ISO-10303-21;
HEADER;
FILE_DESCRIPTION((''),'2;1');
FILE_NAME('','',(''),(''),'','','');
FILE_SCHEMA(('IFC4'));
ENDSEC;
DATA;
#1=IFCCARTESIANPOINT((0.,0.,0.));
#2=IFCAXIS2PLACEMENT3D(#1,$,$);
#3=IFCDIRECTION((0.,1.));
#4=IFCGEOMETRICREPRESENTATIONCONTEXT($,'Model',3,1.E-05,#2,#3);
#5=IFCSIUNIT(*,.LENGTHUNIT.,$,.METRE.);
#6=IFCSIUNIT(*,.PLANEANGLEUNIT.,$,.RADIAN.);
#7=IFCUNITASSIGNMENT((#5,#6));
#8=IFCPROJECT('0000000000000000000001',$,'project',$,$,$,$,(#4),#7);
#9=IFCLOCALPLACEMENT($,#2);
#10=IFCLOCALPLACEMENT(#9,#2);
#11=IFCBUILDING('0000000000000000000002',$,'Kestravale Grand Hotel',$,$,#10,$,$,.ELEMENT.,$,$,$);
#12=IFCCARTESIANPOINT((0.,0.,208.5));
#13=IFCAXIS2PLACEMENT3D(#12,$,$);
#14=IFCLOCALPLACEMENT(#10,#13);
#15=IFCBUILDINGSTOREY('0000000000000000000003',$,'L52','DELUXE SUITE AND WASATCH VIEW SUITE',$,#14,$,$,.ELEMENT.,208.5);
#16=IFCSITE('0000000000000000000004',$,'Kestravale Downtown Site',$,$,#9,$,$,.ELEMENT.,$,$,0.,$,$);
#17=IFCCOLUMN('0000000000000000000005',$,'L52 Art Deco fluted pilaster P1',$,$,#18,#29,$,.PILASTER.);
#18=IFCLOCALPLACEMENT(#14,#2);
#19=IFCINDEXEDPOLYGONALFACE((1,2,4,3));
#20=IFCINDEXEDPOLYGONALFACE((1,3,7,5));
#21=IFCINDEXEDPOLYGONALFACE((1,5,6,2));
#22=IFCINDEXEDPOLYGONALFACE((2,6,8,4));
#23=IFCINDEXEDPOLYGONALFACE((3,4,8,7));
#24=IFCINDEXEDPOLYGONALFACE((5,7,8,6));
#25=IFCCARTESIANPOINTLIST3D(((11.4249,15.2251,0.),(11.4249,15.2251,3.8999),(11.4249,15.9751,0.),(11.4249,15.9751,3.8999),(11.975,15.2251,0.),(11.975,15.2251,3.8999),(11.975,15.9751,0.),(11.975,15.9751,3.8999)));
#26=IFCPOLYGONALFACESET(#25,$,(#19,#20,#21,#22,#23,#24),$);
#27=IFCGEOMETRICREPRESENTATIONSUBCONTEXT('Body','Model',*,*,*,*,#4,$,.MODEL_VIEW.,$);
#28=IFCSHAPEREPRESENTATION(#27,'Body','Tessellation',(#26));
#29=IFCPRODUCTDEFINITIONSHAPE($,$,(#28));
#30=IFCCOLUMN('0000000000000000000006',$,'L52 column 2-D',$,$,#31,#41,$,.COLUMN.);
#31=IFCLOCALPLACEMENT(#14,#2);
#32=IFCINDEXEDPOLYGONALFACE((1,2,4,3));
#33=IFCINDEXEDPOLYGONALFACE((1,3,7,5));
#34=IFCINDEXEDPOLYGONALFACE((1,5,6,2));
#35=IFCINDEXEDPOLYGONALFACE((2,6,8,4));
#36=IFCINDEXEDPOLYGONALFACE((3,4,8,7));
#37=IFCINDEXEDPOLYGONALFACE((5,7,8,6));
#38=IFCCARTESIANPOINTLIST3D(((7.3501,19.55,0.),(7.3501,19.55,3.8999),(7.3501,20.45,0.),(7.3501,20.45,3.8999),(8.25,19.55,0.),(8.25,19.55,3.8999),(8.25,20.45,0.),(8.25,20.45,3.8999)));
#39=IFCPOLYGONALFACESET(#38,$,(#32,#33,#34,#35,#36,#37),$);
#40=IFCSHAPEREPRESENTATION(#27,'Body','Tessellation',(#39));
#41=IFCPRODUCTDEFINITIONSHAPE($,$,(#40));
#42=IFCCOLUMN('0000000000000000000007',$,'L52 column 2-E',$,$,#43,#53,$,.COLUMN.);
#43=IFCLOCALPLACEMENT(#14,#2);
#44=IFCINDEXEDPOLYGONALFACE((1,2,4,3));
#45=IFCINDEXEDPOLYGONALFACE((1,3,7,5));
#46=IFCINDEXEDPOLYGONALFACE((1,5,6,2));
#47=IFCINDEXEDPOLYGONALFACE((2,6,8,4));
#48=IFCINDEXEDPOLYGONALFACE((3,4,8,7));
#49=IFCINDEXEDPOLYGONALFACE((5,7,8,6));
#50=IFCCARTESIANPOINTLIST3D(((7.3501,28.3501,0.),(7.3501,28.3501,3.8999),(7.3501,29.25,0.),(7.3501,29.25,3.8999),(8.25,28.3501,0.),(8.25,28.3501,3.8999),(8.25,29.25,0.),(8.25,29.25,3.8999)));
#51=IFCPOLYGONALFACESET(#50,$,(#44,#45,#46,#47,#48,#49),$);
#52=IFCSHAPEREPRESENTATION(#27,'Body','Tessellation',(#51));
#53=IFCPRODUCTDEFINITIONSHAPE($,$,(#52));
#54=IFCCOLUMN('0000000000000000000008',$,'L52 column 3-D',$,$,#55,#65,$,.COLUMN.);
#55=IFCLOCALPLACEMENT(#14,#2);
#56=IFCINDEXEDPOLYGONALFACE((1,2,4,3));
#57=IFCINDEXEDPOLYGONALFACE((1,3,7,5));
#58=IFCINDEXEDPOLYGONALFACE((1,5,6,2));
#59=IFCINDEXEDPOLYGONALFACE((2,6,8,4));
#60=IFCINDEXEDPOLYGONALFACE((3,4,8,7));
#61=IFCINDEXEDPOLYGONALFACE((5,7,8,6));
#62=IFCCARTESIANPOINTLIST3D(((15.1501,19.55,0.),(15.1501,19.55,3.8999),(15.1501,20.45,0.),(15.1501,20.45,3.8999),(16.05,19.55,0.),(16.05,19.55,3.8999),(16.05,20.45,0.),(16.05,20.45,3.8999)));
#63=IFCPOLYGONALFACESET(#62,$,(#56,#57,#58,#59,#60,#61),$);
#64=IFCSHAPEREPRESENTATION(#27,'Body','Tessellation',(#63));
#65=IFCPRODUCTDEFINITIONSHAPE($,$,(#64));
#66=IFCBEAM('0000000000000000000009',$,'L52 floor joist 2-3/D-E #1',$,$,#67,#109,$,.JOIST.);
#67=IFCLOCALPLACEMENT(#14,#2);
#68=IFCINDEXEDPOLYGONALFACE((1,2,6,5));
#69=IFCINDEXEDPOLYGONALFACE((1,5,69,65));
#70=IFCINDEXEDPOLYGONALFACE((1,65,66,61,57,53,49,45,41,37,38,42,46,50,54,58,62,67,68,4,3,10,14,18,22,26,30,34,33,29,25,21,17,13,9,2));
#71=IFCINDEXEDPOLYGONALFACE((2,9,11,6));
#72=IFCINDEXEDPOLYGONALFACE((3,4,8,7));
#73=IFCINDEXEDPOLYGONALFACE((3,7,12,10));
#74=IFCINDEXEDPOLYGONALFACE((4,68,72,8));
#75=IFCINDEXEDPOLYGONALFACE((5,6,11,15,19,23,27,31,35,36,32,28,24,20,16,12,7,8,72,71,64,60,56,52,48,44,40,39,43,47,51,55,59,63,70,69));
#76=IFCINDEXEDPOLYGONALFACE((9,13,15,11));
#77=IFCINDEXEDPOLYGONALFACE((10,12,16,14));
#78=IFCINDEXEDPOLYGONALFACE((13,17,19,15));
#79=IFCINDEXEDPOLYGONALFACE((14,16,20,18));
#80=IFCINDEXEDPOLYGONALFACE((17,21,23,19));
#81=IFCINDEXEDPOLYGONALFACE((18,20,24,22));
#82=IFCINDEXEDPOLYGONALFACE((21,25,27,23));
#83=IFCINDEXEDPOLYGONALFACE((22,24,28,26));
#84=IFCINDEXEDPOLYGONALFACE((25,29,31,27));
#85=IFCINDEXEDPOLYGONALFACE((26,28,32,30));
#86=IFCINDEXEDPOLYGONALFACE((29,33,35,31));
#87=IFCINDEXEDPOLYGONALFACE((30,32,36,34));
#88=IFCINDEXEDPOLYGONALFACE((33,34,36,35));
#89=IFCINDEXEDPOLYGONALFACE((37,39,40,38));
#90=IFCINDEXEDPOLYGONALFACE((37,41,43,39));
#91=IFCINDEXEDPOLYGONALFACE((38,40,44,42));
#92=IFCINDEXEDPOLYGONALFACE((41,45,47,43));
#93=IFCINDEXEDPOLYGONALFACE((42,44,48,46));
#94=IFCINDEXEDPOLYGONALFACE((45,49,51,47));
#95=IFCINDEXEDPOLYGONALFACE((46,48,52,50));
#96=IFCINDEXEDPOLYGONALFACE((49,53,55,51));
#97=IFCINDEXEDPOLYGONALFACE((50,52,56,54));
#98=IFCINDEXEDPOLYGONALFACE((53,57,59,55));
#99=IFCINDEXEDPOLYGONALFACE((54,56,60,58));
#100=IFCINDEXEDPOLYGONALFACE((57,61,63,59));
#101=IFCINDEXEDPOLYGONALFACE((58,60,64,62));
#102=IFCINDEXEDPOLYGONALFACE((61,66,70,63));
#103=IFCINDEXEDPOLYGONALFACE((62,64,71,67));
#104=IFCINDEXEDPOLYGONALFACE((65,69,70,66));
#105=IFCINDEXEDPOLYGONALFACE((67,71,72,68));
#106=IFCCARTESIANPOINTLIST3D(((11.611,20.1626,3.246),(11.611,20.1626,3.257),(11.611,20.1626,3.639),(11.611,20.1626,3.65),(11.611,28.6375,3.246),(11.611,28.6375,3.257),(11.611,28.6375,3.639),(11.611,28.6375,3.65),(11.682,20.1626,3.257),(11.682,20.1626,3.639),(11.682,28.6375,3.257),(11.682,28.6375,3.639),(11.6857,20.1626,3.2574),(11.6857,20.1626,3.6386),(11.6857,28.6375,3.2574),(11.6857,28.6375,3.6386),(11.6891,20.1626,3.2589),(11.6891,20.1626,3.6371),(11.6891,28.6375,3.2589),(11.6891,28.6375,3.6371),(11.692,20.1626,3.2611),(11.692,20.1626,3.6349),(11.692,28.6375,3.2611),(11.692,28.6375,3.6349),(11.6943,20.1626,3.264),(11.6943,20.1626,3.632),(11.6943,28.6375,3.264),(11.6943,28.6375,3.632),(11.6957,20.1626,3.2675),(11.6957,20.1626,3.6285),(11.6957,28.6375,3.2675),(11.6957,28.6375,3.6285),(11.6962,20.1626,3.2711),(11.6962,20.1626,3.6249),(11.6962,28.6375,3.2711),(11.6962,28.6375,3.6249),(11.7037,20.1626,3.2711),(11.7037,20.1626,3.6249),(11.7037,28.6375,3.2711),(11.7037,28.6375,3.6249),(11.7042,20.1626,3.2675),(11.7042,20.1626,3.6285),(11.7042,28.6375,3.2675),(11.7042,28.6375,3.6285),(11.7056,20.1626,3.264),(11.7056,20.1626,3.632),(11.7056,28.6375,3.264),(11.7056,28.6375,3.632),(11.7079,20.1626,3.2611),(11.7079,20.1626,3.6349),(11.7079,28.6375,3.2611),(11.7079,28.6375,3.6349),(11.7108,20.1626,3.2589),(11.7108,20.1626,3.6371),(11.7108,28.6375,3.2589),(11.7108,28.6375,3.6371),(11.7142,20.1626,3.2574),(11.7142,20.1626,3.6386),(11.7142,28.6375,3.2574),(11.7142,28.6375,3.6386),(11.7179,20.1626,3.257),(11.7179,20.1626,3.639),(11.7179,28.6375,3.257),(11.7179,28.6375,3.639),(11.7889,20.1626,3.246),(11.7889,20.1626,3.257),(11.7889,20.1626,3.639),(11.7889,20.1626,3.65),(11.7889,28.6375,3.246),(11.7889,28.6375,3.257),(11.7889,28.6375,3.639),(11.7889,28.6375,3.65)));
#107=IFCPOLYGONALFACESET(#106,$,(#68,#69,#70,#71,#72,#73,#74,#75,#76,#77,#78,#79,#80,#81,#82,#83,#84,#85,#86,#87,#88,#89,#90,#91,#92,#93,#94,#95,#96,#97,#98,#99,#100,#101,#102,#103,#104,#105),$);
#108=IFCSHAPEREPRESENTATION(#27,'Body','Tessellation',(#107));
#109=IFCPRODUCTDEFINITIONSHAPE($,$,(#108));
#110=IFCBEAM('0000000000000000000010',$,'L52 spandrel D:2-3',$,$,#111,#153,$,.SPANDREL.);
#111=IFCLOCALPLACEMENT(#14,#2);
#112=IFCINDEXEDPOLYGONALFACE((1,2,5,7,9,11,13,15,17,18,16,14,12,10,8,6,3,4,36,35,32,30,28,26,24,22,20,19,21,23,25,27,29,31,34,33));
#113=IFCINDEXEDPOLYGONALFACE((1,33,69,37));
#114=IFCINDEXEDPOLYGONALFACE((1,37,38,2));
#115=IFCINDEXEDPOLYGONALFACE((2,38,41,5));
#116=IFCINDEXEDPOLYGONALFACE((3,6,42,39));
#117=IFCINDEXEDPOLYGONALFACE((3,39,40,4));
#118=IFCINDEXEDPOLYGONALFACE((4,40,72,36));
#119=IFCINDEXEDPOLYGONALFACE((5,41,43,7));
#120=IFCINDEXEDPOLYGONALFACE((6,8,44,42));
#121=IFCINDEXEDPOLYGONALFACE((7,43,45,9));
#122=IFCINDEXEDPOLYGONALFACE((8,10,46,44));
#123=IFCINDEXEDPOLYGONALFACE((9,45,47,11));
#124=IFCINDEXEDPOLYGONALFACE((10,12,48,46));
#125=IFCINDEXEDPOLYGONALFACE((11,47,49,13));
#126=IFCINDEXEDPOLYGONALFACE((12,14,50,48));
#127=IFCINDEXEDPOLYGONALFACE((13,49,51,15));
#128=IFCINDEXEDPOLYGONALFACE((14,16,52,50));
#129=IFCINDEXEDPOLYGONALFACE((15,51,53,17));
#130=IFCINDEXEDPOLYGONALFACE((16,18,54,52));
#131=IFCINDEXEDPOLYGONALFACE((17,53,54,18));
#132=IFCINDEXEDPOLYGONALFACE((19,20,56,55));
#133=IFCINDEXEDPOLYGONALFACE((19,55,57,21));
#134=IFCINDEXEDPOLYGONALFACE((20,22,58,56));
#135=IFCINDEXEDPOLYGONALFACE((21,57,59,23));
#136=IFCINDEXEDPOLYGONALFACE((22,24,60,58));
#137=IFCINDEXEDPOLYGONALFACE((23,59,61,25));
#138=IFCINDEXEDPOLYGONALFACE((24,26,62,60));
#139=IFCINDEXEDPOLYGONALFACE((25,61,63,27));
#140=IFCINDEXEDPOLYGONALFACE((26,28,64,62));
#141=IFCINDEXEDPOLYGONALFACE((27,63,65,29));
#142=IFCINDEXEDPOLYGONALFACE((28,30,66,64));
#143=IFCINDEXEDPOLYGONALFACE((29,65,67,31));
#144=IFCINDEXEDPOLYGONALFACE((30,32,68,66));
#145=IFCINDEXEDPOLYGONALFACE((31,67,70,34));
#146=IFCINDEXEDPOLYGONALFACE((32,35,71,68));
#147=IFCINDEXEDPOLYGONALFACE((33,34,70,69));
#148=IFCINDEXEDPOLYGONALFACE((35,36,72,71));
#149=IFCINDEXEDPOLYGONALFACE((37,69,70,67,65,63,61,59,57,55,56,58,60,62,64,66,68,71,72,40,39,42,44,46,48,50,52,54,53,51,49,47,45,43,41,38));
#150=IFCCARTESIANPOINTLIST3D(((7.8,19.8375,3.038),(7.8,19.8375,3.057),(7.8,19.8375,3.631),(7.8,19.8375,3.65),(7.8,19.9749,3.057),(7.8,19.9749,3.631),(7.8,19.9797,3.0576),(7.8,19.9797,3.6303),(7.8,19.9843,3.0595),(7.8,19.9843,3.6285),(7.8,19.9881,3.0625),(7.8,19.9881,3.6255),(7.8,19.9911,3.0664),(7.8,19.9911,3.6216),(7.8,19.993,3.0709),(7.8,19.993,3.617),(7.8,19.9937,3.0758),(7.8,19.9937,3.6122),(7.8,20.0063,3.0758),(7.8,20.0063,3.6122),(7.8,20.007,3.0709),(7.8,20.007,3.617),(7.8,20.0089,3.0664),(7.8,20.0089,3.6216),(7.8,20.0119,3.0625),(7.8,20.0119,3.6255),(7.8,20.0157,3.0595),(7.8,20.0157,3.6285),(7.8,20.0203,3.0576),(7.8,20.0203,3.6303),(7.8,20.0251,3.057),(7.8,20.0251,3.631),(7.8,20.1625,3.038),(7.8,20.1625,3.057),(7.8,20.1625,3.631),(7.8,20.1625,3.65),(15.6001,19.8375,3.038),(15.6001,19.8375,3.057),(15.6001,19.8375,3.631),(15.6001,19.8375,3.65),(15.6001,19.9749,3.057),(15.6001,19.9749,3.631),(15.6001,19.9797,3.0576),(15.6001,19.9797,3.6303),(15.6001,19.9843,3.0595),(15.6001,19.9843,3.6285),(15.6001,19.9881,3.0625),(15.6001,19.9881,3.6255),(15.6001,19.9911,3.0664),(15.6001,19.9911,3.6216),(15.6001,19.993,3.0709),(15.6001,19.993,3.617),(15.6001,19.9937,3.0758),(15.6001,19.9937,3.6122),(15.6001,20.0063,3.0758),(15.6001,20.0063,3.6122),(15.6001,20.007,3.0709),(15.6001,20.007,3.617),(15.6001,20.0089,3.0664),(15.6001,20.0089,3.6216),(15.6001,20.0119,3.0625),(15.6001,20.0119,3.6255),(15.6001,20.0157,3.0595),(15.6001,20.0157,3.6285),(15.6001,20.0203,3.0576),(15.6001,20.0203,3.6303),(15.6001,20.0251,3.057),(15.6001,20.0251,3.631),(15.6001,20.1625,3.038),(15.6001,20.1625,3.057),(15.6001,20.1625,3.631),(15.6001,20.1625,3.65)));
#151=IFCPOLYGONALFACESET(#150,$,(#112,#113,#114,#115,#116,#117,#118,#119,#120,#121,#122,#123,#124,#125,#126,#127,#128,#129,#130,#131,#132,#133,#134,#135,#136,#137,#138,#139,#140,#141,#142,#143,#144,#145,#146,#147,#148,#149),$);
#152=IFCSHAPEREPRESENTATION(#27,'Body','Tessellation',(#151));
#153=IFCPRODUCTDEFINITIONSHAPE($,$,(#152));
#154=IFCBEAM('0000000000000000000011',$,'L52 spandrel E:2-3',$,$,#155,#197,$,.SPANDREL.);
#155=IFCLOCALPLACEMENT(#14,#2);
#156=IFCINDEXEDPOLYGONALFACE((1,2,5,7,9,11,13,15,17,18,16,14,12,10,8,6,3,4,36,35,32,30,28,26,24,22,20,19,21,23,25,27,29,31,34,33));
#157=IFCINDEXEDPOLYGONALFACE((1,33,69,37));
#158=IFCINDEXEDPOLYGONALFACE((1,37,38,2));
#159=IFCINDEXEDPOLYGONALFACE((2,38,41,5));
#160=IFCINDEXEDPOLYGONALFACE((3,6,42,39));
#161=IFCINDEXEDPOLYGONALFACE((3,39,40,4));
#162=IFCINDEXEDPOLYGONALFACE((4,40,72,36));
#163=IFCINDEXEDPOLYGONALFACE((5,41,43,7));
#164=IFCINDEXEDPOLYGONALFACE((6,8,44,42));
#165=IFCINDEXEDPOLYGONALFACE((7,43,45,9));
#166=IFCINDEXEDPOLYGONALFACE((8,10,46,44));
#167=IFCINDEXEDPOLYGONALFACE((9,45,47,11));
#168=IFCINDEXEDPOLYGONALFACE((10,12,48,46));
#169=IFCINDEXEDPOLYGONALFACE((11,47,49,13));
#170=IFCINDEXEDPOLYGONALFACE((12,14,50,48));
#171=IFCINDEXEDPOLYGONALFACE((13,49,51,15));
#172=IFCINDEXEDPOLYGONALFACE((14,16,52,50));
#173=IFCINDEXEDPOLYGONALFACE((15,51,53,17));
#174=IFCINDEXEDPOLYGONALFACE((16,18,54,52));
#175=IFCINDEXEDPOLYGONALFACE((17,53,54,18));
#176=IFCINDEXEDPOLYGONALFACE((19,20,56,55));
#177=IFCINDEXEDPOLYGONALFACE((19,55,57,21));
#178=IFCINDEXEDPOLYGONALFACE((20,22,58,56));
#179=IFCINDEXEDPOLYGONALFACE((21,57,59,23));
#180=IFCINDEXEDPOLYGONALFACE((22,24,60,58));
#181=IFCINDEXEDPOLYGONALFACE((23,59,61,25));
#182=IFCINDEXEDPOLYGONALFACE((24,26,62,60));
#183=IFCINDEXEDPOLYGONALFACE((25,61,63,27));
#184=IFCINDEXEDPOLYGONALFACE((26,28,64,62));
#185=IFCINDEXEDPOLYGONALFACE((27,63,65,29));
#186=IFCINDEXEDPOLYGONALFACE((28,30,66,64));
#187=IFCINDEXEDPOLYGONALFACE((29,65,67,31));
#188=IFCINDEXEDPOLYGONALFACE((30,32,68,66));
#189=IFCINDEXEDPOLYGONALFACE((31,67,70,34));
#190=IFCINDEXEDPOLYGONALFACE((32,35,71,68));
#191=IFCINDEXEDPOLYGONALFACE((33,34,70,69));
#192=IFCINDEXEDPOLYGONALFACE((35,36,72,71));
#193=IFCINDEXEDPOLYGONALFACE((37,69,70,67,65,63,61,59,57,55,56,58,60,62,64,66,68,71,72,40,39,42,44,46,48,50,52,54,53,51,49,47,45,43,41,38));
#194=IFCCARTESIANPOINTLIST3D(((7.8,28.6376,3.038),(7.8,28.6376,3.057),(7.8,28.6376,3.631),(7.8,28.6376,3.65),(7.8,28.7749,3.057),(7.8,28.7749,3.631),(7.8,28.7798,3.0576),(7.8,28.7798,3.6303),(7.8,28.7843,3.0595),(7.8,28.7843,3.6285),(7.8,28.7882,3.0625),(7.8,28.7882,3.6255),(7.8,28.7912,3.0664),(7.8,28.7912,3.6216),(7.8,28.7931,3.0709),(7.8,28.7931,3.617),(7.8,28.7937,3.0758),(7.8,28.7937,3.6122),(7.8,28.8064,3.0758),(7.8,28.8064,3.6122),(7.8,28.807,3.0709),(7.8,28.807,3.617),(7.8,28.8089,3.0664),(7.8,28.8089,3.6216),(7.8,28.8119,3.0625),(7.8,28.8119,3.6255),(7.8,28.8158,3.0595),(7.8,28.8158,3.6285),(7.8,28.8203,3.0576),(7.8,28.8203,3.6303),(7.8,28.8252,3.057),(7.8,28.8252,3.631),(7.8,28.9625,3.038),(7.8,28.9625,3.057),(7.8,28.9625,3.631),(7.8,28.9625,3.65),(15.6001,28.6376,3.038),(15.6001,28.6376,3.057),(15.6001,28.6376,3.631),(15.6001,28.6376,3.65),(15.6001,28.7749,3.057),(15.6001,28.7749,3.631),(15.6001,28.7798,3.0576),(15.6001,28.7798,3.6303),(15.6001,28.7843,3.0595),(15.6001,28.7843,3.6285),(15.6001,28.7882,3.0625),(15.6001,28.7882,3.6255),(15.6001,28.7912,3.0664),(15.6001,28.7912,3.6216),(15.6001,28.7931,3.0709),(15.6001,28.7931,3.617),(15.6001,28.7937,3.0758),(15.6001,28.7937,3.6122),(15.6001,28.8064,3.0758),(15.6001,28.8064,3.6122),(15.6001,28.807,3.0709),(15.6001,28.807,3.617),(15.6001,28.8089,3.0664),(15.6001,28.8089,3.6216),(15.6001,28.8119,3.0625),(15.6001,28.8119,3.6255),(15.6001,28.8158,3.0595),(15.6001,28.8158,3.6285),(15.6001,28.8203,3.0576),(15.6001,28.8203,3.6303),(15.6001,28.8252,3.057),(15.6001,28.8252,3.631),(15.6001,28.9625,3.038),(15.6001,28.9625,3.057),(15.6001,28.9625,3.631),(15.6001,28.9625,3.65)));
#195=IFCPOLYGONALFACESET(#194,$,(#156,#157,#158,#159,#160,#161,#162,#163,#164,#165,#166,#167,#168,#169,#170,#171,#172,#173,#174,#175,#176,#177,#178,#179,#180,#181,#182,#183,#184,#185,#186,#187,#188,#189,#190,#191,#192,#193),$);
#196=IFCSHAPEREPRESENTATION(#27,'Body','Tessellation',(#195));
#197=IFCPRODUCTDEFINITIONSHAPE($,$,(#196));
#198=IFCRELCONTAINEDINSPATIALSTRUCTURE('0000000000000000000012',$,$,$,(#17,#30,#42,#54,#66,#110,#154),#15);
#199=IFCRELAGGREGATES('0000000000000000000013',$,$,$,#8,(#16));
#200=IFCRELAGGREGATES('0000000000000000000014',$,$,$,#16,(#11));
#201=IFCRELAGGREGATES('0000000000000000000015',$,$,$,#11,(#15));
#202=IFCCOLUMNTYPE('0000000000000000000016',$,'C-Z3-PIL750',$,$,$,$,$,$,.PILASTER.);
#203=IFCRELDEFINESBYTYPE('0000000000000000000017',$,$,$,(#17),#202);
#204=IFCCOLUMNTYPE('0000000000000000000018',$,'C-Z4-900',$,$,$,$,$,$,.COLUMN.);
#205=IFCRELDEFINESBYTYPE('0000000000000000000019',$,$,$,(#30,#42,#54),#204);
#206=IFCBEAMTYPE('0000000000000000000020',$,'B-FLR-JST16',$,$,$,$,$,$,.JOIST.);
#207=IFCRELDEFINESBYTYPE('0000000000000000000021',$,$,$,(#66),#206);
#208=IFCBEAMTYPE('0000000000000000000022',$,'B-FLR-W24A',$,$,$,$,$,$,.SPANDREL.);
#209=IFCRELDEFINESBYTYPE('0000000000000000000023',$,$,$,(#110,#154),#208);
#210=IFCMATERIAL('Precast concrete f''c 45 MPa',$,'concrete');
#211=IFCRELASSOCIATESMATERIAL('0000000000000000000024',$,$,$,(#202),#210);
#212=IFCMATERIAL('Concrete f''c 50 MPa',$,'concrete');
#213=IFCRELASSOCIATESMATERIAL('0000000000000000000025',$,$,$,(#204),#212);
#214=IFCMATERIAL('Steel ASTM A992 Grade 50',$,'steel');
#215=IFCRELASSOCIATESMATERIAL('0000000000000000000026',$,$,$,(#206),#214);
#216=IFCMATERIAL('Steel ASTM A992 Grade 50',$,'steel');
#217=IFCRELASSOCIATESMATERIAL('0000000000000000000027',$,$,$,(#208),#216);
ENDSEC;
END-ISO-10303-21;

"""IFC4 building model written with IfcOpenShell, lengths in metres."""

from ifc_helpers import new_model, si_unit, direction, frame, origin, origin_2d, place, context, subcontext, project, spatial, rectangle, i_section, extrude, material, material_profile, profile_set, type_object, element, save


model = new_model("IFC4")

# Units and contexts
model_context = context("Model", 3, precision=1e-05, world=origin(), true_north=direction((0.0, 1.0)))
body_context = subcontext(model_context, "Body", "Model", "MODEL_VIEW")
ifc_project = project(units=[si_unit("LENGTHUNIT", "METRE"), si_unit("PLANEANGLEUNIT", "RADIAN")], contexts=[model_context])

# Site, building, storey
site_placement = place(None, origin())
site = spatial("IfcSite", under=ifc_project, at=site_placement, Name="Kestravale Downtown Site", CompositionType="ELEMENT", RefElevation=0.0)
building_placement = place(site_placement, origin())
building = spatial("IfcBuilding", under=site, at=building_placement, Name="Kestravale Grand Hotel", CompositionType="ELEMENT")
storey_placement = place(building_placement, frame((0.0, 0.0, 208.5)))
storey = spatial("IfcBuildingStorey", under=building, at=storey_placement, Name="L52", Description="DELUXE SUITE AND WASATCH VIEW SUITE", CompositionType="ELEMENT", Elevation=208.5)

# Columns
ifc_material_1 = material(Name="Precast concrete f'c 45 MPa", Category="concrete")
ifc_material_profile_1 = material_profile(ifc_material_1, rectangle(XDim=0.55, YDim=0.75, at=origin_2d()))
ifc_profile_set_1 = profile_set([ifc_material_profile_1], Name="Precast concrete f'c 45 MPa")
column_type_1 = type_object("IfcColumnType", Name="C-Z3-PIL750", PredefinedType="PILASTER", material=ifc_profile_set_1)
column_placement = place(storey_placement, frame((11.7, 15.6001, 0.0), z_axis=(0.0, 0.0, 1.0), x_axis=(1.0, 0.0, 0.0)))
element("IfcColumn", 1, at=column_placement, inside=storey, type_object=column_type_1, Name="L52 Art Deco fluted pilaster P1", PredefinedType="PILASTER", context=body_context, shape_type="SweptSolid", body=[
    extrude(rectangle(XDim=0.55, YDim=0.75, at=origin_2d()), origin(), (0.0, 0.0, 1.0), 3.8999),
])
ifc_material_2 = material(Name="Concrete f'c 50 MPa", Category="concrete")
ifc_material_profile_2 = material_profile(ifc_material_2, rectangle(XDim=0.8999, YDim=0.8999, at=origin_2d()))
ifc_profile_set_2 = profile_set([ifc_material_profile_2], Name="Concrete f'c 50 MPa")
column_type_2 = type_object("IfcColumnType", Name="C-Z4-900", PredefinedType="COLUMN", material=ifc_profile_set_2)
for number, where, z_axis, x_axis, name in (
    (2, (7.8, 20.0, 0.0), (0.0, 0.0, 1.0), (1.0, 0.0, 0.0), "L52 column 2-D"),
    (3, (7.8, 28.8, 0.0), (0.0, 0.0, 1.0), (1.0, 0.0, 0.0), "L52 column 2-E"),
    (4, (15.6001, 20.0, 0.0), (0.0, 0.0, 1.0), (1.0, 0.0, 0.0), "L52 column 3-D"),
):
    element("IfcColumn", number, at=place(storey_placement, frame(where, z_axis=z_axis, x_axis=x_axis)), inside=storey, type_object=column_type_2, Name=name, PredefinedType="COLUMN", context=body_context, shape_type="SweptSolid", body=[
        extrude(rectangle(XDim=0.8999, YDim=0.8999, at=origin_2d()), origin(), (0.0, 0.0, 1.0), 3.8999),
    ])

# Beams
ifc_material_3 = material(Name="Steel ASTM A992 Grade 50", Category="steel")
ifc_material_profile_3 = material_profile(ifc_material_3, i_section(OverallWidth=0.178, OverallDepth=0.4041, WebThickness=0.0076, FlangeThickness=0.011, FilletRadius=0.0142, at=origin_2d()))
ifc_profile_set_3 = profile_set([ifc_material_profile_3], Name="Steel ASTM A992 Grade 50")
beam_type_1 = type_object("IfcBeamType", Name="B-FLR-JST16", PredefinedType="JOIST", material=ifc_profile_set_3)
beam_1_placement = place(storey_placement, frame((11.7, 20.1626, 3.448), z_axis=(0.0, 1.0, 0.0), x_axis=(-1.0, 0.0, 0.0)))
element("IfcBeam", 5, at=beam_1_placement, inside=storey, type_object=beam_type_1, Name="L52 floor joist 2-3/D-E #1", PredefinedType="JOIST", context=body_context, shape_type="SweptSolid", body=[
    extrude(i_section(OverallWidth=0.178, OverallDepth=0.4041, WebThickness=0.0076, FlangeThickness=0.011, FilletRadius=0.0142, at=origin_2d()), origin(), (0.0, 0.0, 1.0), 8.4749),
])
ifc_material_4 = material(Name="Steel ASTM A992 Grade 50", Category="steel")
ifc_material_profile_4 = material_profile(ifc_material_4, i_section(OverallWidth=0.325, OverallDepth=0.6121, WebThickness=0.0127, FlangeThickness=0.019, FilletRadius=0.0188, at=origin_2d()))
ifc_profile_set_4 = profile_set([ifc_material_profile_4], Name="Steel ASTM A992 Grade 50")
beam_type_2 = type_object("IfcBeamType", Name="B-FLR-W24A", PredefinedType="SPANDREL", material=ifc_profile_set_4)
for number, where, z_axis, x_axis, name in (
    (6, (7.8, 20.0, 3.344), (1.0, 0.0, 0.0), (0.0, 1.0, 0.0), "L52 spandrel D:2-3"),
    (7, (7.8, 28.8, 3.344), (1.0, 0.0, 0.0), (0.0, 1.0, 0.0), "L52 spandrel E:2-3"),
):
    element("IfcBeam", number, at=place(storey_placement, frame(where, z_axis=z_axis, x_axis=x_axis)), inside=storey, type_object=beam_type_2, Name=name, PredefinedType="SPANDREL", context=body_context, shape_type="SweptSolid", body=[
        extrude(i_section(OverallWidth=0.325, OverallDepth=0.6121, WebThickness=0.0127, FlangeThickness=0.019, FilletRadius=0.0188, at=origin_2d()), origin(), (0.0, 0.0, 1.0), 7.8),
    ])

save(model, "model.ifc")
